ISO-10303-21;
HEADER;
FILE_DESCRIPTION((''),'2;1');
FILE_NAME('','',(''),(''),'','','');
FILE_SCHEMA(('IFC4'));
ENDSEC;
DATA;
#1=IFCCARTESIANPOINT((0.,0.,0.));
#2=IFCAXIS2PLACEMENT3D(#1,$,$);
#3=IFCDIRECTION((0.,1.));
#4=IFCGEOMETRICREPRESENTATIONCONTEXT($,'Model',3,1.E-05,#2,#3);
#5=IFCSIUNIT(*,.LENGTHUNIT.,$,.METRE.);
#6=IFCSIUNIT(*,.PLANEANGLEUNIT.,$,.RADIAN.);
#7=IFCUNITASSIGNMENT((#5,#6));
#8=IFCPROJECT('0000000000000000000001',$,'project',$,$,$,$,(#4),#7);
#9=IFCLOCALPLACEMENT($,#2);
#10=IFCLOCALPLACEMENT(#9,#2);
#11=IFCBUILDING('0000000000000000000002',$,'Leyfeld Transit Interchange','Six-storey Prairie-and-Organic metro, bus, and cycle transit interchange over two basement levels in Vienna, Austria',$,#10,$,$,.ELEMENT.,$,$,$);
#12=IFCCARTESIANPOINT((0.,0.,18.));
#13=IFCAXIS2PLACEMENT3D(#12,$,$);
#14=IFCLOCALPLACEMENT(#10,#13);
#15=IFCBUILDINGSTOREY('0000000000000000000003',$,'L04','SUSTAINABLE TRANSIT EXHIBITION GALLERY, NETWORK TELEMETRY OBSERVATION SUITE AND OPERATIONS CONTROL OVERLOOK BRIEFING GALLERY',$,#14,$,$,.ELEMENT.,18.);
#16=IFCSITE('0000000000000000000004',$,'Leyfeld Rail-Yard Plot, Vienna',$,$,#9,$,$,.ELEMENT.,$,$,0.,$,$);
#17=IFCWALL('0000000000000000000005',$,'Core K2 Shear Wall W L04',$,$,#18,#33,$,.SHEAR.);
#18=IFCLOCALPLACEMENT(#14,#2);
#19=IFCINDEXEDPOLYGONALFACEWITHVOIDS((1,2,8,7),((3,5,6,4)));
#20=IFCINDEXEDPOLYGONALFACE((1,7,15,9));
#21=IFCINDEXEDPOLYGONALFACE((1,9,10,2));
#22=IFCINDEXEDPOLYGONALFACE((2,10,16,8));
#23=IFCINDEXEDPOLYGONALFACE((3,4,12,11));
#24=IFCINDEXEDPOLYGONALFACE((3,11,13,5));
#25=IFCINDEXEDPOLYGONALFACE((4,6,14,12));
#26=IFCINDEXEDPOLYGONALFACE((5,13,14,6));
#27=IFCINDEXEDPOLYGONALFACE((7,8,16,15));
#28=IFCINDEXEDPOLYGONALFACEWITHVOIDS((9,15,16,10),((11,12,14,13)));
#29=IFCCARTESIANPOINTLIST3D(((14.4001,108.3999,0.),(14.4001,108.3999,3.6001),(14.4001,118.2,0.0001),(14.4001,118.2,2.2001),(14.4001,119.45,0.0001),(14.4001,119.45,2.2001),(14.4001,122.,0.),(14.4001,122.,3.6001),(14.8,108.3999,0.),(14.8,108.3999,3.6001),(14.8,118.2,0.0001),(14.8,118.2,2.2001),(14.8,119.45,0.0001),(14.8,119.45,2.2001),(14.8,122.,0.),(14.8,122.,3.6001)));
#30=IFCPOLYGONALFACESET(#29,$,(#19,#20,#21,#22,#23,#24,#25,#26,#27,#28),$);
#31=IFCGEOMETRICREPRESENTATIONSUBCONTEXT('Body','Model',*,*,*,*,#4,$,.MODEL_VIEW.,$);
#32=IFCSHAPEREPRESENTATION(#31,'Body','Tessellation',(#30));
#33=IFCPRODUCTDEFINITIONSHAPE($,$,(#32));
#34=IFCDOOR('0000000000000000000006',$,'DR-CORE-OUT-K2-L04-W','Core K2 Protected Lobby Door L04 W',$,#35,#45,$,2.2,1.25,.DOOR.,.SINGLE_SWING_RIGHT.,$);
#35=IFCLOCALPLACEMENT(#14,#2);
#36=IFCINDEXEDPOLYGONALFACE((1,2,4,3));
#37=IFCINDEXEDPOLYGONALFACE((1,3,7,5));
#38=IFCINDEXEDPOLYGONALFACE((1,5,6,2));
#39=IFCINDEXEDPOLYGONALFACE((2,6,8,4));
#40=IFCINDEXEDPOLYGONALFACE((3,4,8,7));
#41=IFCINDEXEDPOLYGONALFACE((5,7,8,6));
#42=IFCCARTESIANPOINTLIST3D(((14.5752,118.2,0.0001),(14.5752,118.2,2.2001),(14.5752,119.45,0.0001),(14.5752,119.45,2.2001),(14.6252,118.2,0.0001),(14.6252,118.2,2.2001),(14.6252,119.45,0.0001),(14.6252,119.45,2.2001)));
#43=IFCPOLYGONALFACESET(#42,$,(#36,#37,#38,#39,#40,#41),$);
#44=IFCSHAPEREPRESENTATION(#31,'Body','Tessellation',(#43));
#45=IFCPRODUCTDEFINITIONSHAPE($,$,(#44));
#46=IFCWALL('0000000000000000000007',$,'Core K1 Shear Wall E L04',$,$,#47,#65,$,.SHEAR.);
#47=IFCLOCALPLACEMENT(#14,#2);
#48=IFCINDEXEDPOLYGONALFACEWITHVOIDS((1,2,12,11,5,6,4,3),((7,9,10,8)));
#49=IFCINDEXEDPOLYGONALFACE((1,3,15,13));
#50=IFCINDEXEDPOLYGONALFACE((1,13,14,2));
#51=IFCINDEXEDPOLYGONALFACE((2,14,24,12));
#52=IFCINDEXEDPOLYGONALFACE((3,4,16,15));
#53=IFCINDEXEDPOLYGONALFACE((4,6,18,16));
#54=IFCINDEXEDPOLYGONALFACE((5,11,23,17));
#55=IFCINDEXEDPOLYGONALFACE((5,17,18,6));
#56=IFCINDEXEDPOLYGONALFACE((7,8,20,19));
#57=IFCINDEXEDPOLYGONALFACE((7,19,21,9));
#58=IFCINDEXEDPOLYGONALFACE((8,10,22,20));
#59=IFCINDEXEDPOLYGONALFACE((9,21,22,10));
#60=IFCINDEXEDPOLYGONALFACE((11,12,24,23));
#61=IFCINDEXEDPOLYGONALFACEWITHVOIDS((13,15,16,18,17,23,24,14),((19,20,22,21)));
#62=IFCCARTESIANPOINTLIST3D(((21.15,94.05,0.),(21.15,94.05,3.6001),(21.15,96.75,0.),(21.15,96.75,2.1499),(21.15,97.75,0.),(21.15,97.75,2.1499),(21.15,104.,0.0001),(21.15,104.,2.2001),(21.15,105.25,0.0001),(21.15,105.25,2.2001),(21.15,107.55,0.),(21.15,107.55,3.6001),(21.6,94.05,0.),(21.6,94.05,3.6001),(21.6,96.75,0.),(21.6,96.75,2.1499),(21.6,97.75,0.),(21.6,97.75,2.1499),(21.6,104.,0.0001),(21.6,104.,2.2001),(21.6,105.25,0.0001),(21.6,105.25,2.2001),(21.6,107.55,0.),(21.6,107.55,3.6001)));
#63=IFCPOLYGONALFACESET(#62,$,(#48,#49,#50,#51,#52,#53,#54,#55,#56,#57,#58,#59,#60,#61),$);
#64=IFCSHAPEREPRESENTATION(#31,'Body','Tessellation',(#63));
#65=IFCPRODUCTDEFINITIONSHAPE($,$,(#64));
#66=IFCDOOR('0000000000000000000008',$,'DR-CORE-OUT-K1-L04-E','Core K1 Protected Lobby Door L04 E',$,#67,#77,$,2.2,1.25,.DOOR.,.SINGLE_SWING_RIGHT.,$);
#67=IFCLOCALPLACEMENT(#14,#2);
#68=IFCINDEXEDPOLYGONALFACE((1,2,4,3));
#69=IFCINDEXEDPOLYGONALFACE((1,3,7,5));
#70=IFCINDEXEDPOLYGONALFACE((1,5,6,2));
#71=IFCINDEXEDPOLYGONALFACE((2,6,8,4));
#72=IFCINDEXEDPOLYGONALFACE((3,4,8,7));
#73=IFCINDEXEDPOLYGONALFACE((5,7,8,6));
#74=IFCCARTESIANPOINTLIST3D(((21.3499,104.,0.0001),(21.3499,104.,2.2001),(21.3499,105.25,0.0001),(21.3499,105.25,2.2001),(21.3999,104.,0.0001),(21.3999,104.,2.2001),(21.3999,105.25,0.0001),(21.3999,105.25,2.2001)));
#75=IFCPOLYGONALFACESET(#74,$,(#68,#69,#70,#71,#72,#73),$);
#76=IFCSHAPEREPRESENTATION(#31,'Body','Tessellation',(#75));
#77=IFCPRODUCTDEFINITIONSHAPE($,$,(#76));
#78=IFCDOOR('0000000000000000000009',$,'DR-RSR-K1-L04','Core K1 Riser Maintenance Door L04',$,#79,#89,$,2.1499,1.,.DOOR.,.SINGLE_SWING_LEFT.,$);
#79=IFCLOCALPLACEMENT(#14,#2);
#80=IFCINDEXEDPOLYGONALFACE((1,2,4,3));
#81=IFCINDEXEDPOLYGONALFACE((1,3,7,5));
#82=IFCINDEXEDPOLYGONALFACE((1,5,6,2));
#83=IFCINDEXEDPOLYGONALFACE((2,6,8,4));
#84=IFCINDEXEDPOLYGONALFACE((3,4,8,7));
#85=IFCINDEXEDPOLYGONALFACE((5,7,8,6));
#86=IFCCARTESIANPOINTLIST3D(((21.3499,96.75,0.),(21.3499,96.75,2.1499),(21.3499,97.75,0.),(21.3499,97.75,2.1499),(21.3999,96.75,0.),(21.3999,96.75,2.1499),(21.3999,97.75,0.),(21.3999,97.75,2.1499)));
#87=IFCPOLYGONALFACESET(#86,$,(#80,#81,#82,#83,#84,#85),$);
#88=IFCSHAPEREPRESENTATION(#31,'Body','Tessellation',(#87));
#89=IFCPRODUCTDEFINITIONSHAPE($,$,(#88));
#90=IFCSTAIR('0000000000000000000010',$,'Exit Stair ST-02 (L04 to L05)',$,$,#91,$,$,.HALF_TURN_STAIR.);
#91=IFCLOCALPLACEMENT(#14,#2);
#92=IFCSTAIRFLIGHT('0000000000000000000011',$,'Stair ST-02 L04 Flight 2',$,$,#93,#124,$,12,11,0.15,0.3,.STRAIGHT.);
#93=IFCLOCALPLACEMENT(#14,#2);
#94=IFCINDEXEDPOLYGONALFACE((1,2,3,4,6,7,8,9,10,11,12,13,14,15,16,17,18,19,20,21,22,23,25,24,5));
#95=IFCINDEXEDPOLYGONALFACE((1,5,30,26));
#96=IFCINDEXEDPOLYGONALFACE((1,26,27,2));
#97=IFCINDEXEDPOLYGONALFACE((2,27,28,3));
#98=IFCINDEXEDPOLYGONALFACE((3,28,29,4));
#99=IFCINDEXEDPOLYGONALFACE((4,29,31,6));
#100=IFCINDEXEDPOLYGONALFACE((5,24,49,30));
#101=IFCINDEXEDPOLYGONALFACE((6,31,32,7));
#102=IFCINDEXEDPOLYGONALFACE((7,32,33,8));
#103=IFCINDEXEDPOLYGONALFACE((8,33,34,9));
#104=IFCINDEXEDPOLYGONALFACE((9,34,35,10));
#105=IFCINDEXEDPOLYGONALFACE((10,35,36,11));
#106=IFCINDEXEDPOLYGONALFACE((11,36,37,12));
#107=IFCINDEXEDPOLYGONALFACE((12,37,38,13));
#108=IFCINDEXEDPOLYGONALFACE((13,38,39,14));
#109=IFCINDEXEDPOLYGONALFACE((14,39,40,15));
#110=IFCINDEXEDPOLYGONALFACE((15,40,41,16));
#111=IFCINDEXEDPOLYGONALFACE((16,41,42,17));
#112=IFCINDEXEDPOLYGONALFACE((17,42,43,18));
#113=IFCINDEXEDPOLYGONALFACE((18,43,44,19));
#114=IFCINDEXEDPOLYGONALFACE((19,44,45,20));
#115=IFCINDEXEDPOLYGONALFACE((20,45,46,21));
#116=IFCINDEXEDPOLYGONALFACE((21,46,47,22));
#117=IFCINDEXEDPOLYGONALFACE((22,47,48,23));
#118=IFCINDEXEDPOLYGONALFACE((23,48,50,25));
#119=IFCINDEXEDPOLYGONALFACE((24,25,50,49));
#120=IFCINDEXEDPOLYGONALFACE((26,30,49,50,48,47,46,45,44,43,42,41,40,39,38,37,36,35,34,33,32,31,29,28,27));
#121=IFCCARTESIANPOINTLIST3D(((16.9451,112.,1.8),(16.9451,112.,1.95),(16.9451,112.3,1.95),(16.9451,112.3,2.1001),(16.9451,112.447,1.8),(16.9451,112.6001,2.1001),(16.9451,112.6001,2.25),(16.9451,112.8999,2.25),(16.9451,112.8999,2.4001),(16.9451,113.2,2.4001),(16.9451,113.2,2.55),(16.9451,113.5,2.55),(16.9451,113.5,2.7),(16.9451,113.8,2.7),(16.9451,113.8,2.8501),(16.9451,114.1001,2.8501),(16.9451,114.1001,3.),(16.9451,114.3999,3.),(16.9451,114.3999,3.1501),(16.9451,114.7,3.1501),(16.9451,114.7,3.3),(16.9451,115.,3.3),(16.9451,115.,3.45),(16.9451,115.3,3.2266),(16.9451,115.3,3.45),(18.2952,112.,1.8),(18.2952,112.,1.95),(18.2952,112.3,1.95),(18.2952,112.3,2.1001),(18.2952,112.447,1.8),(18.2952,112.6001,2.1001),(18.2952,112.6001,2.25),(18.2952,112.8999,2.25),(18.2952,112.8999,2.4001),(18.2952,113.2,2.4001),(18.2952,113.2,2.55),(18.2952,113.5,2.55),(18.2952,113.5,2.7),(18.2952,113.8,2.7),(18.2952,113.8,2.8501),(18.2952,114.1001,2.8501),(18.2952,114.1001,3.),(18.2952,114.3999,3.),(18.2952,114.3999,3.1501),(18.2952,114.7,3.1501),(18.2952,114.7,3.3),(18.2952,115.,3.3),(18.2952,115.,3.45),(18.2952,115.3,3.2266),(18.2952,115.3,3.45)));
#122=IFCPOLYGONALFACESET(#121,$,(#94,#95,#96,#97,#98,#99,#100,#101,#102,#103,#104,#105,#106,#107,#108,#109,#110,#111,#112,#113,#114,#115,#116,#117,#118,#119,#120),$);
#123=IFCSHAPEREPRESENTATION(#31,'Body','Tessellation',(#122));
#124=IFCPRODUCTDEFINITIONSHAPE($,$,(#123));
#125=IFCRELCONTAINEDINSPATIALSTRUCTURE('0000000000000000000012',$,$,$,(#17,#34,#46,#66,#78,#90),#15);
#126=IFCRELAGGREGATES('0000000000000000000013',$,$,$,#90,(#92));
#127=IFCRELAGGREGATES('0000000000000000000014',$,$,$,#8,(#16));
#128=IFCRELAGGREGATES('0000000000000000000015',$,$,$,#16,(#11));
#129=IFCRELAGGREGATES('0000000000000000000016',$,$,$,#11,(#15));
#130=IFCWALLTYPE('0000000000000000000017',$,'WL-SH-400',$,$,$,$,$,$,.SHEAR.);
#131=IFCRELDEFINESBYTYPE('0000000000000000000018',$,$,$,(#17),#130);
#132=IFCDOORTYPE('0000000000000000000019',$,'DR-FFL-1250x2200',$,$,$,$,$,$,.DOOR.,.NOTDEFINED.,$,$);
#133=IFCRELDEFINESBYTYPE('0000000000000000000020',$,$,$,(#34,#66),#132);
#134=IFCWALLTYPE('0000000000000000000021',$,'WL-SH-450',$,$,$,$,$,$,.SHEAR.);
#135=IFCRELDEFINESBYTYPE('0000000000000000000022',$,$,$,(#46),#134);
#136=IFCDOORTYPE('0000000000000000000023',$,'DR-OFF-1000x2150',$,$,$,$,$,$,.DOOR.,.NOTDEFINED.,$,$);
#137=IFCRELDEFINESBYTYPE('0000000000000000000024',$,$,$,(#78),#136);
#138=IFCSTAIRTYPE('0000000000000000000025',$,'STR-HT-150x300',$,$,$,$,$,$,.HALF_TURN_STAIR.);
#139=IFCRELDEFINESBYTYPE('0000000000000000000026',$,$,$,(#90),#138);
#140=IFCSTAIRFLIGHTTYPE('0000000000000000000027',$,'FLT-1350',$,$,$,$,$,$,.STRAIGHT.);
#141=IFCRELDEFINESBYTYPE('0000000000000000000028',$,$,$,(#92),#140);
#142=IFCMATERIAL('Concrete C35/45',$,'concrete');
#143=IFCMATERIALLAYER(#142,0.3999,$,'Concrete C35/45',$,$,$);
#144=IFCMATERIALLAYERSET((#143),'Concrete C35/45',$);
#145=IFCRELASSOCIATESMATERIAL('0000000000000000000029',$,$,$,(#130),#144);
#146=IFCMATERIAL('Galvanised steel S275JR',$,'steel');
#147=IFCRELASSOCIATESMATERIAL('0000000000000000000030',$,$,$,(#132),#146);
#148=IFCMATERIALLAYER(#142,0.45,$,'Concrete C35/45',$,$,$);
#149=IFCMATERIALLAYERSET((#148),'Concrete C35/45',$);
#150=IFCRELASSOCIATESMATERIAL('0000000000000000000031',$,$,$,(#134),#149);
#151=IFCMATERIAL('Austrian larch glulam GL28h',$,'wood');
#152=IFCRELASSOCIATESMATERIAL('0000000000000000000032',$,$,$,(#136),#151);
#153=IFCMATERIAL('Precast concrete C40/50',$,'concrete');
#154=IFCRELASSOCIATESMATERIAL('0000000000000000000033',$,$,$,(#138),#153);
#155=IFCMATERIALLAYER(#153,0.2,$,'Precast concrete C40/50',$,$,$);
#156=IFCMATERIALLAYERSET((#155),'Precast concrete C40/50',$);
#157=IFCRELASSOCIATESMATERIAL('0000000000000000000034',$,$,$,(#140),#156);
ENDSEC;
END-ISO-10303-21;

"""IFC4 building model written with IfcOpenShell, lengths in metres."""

from ifc_helpers import new_model, si_unit, direction, frame, frame_2d, origin, place, context, subcontext, project, spatial, polyline, rectangle, outline, extrude, material, layer, layer_set, type_object, element, fill, aggregate, save


model = new_model("IFC4")

# Units and contexts
model_context = context("Model", 3, precision=1e-05, world=origin(), true_north=direction((0.0, 1.0)))
body_context = subcontext(model_context, "Body", "Model", "MODEL_VIEW")
ifc_project = project(units=[si_unit("LENGTHUNIT", "METRE"), si_unit("PLANEANGLEUNIT", "RADIAN")], contexts=[model_context])

# Site, building, storey
site_placement = place(None, origin())
site = spatial("IfcSite", under=ifc_project, at=site_placement, Name="Leyfeld Rail-Yard Plot, Vienna", CompositionType="ELEMENT", RefElevation=0.0)
building_placement = place(site_placement, origin())
building = spatial("IfcBuilding", under=site, at=building_placement, Name="Leyfeld Transit Interchange", Description="Six-storey Prairie-and-Organic metro, bus, and cycle transit interchange over two basement levels in Vienna, Austria", CompositionType="ELEMENT")
storey_placement = place(building_placement, frame((0.0, 0.0, 18.0)))
storey = spatial("IfcBuildingStorey", under=building, at=storey_placement, Name="L04", Description="SUSTAINABLE TRANSIT EXHIBITION GALLERY, NETWORK TELEMETRY OBSERVATION SUITE AND OPERATIONS CONTROL OVERLOOK BRIEFING GALLERY", CompositionType="ELEMENT", Elevation=18.0)

# Shared definitions
ifc_material_1 = material(Name="Concrete C35/45", Category="concrete")

# Wall, opening, door
ifc_layer_1 = layer(ifc_material_1, 0.3999, Name="Concrete C35/45")
ifc_layer_set_1 = layer_set([ifc_layer_1], Name="Concrete C35/45")
wall_type_1 = type_object("IfcWallType", Name="WL-SH-400", PredefinedType="SHEAR", material=ifc_layer_set_1)
wall_1_placement = place(storey_placement, frame((14.6001, 108.3999, 0.0), z_axis=(0.0, 0.0, 1.0), x_axis=(0.0, 1.0, 0.0)))
wall_1 = element("IfcWall", 1, at=wall_1_placement, inside=storey, type_object=wall_type_1, Name="Core K2 Shear Wall W L04", PredefinedType="SHEAR", context=body_context, shape_type="SweptSolid", body=[
    extrude(rectangle(XDim=13.6001, YDim=0.3999, at=frame_2d((6.8, 0.0))), origin(), (0.0, 0.0, 1.0), 3.6001),
])
opening_1_placement = place(wall_1_placement, frame((9.8, 0.0, 0.0)))
opening_1 = element("IfcOpeningElement", 2, at=opening_1_placement, cuts=wall_1, PredefinedType="OPENING", context=body_context, shape_type="SweptSolid", body=[
    extrude(rectangle(XDim=1.25, YDim=2.2, at=frame_2d((0.625, 1.1001))), frame((0.0, 0.21, 0.0), z_axis=(0.0, -1.0, 0.0), x_axis=(1.0, 0.0, 0.0)), (0.0, 0.0, 1.0), 0.4199),
])
ifc_material_2 = material(Name="Galvanised steel S275JR", Category="steel")
door_type_1 = type_object("IfcDoorType", Name="DR-FFL-1250x2200", OperationType="NOTDEFINED", PredefinedType="DOOR", material=ifc_material_2)
door_1_placement = place(opening_1_placement, origin())
door_1 = element("IfcDoor", 3, at=door_1_placement, inside=storey, type_object=door_type_1, Name="DR-CORE-OUT-K2-L04-W", Description="Core K2 Protected Lobby Door L04 W", OperationType="SINGLE_SWING_RIGHT", OverallHeight=2.2, OverallWidth=1.25, PredefinedType="DOOR", context=body_context, shape_type="SweptSolid", body=[
    extrude(rectangle(XDim=1.25, YDim=2.2, at=frame_2d((0.625, 1.1001))), frame((0.0, 0.0249, 0.0), z_axis=(0.0, -1.0, 0.0), x_axis=(1.0, 0.0, 0.0)), (0.0, 0.0, 1.0), 0.05),
])
fill(opening_1, door_1)

# Wall, openings, doors
ifc_layer_2 = layer(ifc_material_1, 0.45, Name="Concrete C35/45")
ifc_layer_set_2 = layer_set([ifc_layer_2], Name="Concrete C35/45")
wall_type_2 = type_object("IfcWallType", Name="WL-SH-450", PredefinedType="SHEAR", material=ifc_layer_set_2)
wall_2_placement = place(storey_placement, frame((21.375, 107.55, 0.0), z_axis=(0.0, 0.0, 1.0), x_axis=(0.0, -1.0, 0.0)))
wall_2 = element("IfcWall", 4, at=wall_2_placement, inside=storey, type_object=wall_type_2, Name="Core K1 Shear Wall E L04", PredefinedType="SHEAR", context=body_context, shape_type="SweptSolid", body=[
    extrude(rectangle(XDim=13.5, YDim=0.45, at=frame_2d((6.75, 0.0))), origin(), (0.0, 0.0, 1.0), 3.6001),
])
opening_2_placement = place(wall_2_placement, frame((9.8, 0.0, 0.0)))
opening_2 = element("IfcOpeningElement", 5, at=opening_2_placement, cuts=wall_2, PredefinedType="OPENING", context=body_context, shape_type="SweptSolid", body=[
    extrude(rectangle(XDim=1.0, YDim=2.1499, at=frame_2d((0.5, 1.075))), frame((0.0, 0.2349, 0.0), z_axis=(0.0, -1.0, 0.0), x_axis=(1.0, 0.0, 0.0)), (0.0, 0.0, 1.0), 0.47),
])
opening_3_placement = place(wall_2_placement, frame((2.3, 0.0, 0.0)))
opening_3 = element("IfcOpeningElement", 6, at=opening_3_placement, cuts=wall_2, PredefinedType="OPENING", context=body_context, shape_type="SweptSolid", body=[
    extrude(rectangle(XDim=1.25, YDim=2.2, at=frame_2d((0.625, 1.1001))), frame((0.0, 0.2349, 0.0), z_axis=(0.0, -1.0, 0.0), x_axis=(1.0, 0.0, 0.0)), (0.0, 0.0, 1.0), 0.47),
])
door_2_placement = place(opening_3_placement, origin())
door_2 = element("IfcDoor", 7, at=door_2_placement, inside=storey, type_object=door_type_1, Name="DR-CORE-OUT-K1-L04-E", Description="Core K1 Protected Lobby Door L04 E", OperationType="SINGLE_SWING_RIGHT", OverallHeight=2.2, OverallWidth=1.25, PredefinedType="DOOR", context=body_context, shape_type="SweptSolid", body=[
    extrude(rectangle(XDim=1.25, YDim=2.2, at=frame_2d((0.625, 1.1001))), frame((0.0, 0.0249, 0.0), z_axis=(0.0, -1.0, 0.0), x_axis=(1.0, 0.0, 0.0)), (0.0, 0.0, 1.0), 0.05),
])
fill(opening_3, door_2)
ifc_material_3 = material(Name="Austrian larch glulam GL28h", Category="wood")
door_type_2 = type_object("IfcDoorType", Name="DR-OFF-1000x2150", OperationType="NOTDEFINED", PredefinedType="DOOR", material=ifc_material_3)
door_3_placement = place(opening_2_placement, origin())
door_3 = element("IfcDoor", 8, at=door_3_placement, inside=storey, type_object=door_type_2, Name="DR-RSR-K1-L04", Description="Core K1 Riser Maintenance Door L04", OperationType="SINGLE_SWING_LEFT", OverallHeight=2.1499, OverallWidth=1.0, PredefinedType="DOOR", context=body_context, shape_type="SweptSolid", body=[
    extrude(rectangle(XDim=1.0, YDim=2.1499, at=frame_2d((0.5, 1.075))), frame((0.0, 0.0249, 0.0), z_axis=(0.0, -1.0, 0.0), x_axis=(1.0, 0.0, 0.0)), (0.0, 0.0, 1.0), 0.05),
])
fill(opening_2, door_3)

# Stair, stair flight
ifc_material_4 = material(Name="Precast concrete C40/50", Category="concrete")
stair_type = type_object("IfcStairType", Name="STR-HT-150x300", PredefinedType="HALF_TURN_STAIR", material=ifc_material_4)
stair_placement = place(storey_placement, origin())
stair = element("IfcStair", 9, at=stair_placement, inside=storey, type_object=stair_type, Name="Exit Stair ST-02 (L04 to L05)", PredefinedType="HALF_TURN_STAIR")
ifc_layer_3 = layer(ifc_material_4, 0.2, Name="Precast concrete C40/50")
ifc_layer_set_3 = layer_set([ifc_layer_3], Name="Precast concrete C40/50")
stair_flight_type = type_object("IfcStairFlightType", Name="FLT-1350", PredefinedType="STRAIGHT", material=ifc_layer_set_3)
stair_flight_placement = place(storey_placement, frame((17.6201, 112.0, 1.8), z_axis=(0.0, 0.0, 1.0), x_axis=(0.0, 1.0, 0.0)))
stair_flight = element("IfcStairFlight", 10, at=stair_flight_placement, type_object=stair_flight_type, Name="Stair ST-02 L04 Flight 2", NumberOfRisers=12, NumberOfTreads=11, PredefinedType="STRAIGHT", RiserHeight=0.15, TreadLength=0.3, context=body_context, shape_type="SweptSolid", body=[
    extrude(outline(polyline([(0.0, 0.0), (0.0, 0.1499), (0.3, 0.1499), (0.3, 0.3), (0.6001, 0.3), (0.6001, 0.45), (0.8999, 0.45), (0.8999, 0.6001), (1.2, 0.6001), (1.2, 0.75), (1.5, 0.75), (1.5, 0.8999), (1.8, 0.8999), (1.8, 1.05), (2.1001, 1.05), (2.1001, 1.2), (2.3999, 1.2), (2.3999, 1.3501), (2.7, 1.3501), (2.7, 1.5), (3.0, 1.5), (3.0, 1.6499), (3.3, 1.6499), (3.3, 1.8), (3.3, 1.4265), (0.447, 0.0), (0.0, 0.0)])), frame((0.0, 0.675, 0.0), z_axis=(0.0, -1.0, 0.0), x_axis=(1.0, 0.0, 0.0)), (0.0, 0.0, 1.0), 1.3501),
])
aggregate(stair, [stair_flight])

save(model, "model.ifc")
